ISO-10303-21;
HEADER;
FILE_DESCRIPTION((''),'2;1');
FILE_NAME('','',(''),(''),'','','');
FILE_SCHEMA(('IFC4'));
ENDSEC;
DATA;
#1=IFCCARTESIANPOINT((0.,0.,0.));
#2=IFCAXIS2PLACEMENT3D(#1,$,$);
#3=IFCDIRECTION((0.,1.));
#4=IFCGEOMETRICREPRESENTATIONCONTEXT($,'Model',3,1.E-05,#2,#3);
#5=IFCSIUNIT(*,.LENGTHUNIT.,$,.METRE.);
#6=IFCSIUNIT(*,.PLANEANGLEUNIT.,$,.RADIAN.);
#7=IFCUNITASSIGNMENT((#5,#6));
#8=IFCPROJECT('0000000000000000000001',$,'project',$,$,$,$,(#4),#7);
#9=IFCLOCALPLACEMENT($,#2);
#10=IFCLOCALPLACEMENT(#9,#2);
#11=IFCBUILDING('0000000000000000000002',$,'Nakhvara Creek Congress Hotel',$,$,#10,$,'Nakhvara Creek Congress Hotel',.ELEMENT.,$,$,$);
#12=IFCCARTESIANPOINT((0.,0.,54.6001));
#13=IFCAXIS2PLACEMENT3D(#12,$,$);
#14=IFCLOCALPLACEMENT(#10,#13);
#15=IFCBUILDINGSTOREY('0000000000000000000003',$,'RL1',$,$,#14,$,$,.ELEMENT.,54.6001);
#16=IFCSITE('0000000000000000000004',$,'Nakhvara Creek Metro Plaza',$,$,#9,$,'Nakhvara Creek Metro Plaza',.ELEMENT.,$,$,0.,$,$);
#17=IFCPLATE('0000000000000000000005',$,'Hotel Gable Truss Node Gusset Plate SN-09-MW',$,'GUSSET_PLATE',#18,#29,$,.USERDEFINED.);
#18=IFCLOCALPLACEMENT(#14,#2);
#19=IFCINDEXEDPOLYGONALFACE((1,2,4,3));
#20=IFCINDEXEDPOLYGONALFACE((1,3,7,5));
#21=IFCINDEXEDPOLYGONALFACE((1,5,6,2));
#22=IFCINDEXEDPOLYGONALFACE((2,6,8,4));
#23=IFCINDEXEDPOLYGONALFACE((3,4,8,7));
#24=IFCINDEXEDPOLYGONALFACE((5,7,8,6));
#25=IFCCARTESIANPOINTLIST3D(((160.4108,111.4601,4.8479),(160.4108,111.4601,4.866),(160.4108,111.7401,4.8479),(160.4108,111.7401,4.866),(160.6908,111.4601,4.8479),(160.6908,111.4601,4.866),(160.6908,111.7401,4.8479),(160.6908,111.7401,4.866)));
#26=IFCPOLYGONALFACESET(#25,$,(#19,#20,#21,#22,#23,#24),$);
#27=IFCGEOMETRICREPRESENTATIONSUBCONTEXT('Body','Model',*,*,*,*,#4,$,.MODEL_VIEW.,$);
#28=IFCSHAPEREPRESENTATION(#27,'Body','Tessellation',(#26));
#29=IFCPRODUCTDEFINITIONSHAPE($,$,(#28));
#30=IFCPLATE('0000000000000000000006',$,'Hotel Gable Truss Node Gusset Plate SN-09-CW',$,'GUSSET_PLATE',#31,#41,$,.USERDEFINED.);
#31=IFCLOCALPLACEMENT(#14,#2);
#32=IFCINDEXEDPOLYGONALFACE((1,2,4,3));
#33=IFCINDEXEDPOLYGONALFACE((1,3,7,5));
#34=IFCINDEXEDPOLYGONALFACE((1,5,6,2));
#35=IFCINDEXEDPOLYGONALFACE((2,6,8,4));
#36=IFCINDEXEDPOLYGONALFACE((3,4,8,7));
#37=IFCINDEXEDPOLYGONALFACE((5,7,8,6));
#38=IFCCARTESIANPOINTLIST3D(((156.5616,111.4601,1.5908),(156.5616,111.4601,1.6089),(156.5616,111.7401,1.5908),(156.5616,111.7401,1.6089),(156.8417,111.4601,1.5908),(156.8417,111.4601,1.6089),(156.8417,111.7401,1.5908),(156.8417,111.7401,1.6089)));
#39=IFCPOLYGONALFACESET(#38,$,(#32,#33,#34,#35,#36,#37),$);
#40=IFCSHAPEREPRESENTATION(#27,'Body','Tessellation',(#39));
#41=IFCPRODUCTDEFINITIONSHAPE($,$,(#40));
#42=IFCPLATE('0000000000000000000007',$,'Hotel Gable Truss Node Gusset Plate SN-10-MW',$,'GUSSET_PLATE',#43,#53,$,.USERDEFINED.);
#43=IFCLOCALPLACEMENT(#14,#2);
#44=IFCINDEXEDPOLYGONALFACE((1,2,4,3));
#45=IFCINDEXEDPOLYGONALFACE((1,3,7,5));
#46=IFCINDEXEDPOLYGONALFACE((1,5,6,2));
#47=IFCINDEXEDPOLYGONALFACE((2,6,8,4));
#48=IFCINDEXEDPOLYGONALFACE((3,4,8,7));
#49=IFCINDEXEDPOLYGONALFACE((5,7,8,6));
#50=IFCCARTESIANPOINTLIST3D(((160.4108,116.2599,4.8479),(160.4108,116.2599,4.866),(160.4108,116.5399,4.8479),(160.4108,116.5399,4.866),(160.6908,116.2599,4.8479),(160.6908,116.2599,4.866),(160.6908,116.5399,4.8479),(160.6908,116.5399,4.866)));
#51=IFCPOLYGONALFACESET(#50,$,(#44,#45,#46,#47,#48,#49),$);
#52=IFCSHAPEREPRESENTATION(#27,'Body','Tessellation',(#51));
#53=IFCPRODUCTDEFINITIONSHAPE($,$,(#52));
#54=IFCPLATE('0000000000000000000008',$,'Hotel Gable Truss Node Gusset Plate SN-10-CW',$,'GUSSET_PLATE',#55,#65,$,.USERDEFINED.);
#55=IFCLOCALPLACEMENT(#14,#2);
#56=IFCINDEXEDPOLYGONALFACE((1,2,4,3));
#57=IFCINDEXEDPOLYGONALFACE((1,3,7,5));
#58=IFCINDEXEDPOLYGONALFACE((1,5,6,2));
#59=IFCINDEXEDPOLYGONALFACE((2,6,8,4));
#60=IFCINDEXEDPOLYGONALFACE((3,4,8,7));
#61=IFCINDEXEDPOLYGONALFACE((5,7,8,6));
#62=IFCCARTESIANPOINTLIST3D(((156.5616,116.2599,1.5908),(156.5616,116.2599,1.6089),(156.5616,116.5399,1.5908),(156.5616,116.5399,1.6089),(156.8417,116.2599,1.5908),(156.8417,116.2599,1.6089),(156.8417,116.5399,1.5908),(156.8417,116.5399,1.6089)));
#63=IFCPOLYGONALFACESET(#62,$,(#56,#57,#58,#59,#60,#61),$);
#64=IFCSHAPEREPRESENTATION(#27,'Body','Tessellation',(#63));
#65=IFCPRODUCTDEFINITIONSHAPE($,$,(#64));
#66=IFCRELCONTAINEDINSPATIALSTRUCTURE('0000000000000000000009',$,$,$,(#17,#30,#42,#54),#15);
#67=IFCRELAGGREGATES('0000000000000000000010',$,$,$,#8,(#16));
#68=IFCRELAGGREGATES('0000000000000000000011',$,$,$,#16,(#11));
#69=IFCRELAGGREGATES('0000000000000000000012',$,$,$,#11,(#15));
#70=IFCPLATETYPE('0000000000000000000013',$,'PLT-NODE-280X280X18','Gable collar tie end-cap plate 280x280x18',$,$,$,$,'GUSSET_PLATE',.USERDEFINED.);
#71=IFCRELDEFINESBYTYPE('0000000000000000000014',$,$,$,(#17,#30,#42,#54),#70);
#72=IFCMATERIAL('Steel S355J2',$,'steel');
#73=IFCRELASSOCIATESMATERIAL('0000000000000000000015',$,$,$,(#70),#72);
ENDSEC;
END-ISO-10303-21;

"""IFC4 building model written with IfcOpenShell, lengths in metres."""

from ifc_helpers import new_model, si_unit, direction, frame, origin, origin_2d, place, context, subcontext, project, spatial, rectangle, extrude, material, type_object, element, save


model = new_model("IFC4")

# Units and contexts
model_context = context("Model", 3, precision=1e-05, world=origin(), true_north=direction((0.0, 1.0)))
body_context = subcontext(model_context, "Body", "Model", "MODEL_VIEW")
ifc_project = project(units=[si_unit("LENGTHUNIT", "METRE"), si_unit("PLANEANGLEUNIT", "RADIAN")], contexts=[model_context])

# Site, building, storey
site_placement = place(None, origin())
site = spatial("IfcSite", under=ifc_project, at=site_placement, Name="Nakhvara Creek Metro Plaza", LongName="Nakhvara Creek Metro Plaza", CompositionType="ELEMENT", RefElevation=0.0)
building_placement = place(site_placement, origin())
building = spatial("IfcBuilding", under=site, at=building_placement, Name="Nakhvara Creek Congress Hotel", LongName="Nakhvara Creek Congress Hotel", CompositionType="ELEMENT")
storey_placement = place(building_placement, frame((0.0, 0.0, 54.6001)))
storey = spatial("IfcBuildingStorey", under=building, at=storey_placement, Name="RL1", CompositionType="ELEMENT", Elevation=54.6001)

# Shared definitions
ifc_material_1 = material(Name="Steel S355J2", Category="steel")

# Plates
plate_type = type_object("IfcPlateType", Name="PLT-NODE-280X280X18", Description="Gable collar tie end-cap plate 280x280x18", ElementType="GUSSET_PLATE", PredefinedType="USERDEFINED", material=ifc_material_1)
for number, where, z_axis, x_axis, name in (
    (1, (160.5508, 111.6001, 4.8479), (0.0, 0.0, 1.0), (1.0, 0.0, 0.0), "Hotel Gable Truss Node Gusset Plate SN-09-MW"),
    (2, (156.7017, 111.6001, 1.5908), (0.0, 0.0, 1.0), (1.0, 0.0, 0.0), "Hotel Gable Truss Node Gusset Plate SN-09-CW"),
    (3, (160.5508, 116.3999, 4.8479), (0.0, 0.0, 1.0), (1.0, 0.0, 0.0), "Hotel Gable Truss Node Gusset Plate SN-10-MW"),
    (4, (156.7017, 116.3999, 1.5908), (0.0, 0.0, 1.0), (1.0, 0.0, 0.0), "Hotel Gable Truss Node Gusset Plate SN-10-CW"),
):
    element("IfcPlate", number, at=place(storey_placement, frame(where, z_axis=z_axis, x_axis=x_axis)), inside=storey, type_object=plate_type, Name=name, ObjectType="GUSSET_PLATE", PredefinedType="USERDEFINED", context=body_context, shape_type="SweptSolid", body=[
        extrude(rectangle(XDim=0.28, YDim=0.28, at=origin_2d()), origin(), (0.0, 0.0, 1.0), 0.0181),
    ])

save(model, "model.ifc")
